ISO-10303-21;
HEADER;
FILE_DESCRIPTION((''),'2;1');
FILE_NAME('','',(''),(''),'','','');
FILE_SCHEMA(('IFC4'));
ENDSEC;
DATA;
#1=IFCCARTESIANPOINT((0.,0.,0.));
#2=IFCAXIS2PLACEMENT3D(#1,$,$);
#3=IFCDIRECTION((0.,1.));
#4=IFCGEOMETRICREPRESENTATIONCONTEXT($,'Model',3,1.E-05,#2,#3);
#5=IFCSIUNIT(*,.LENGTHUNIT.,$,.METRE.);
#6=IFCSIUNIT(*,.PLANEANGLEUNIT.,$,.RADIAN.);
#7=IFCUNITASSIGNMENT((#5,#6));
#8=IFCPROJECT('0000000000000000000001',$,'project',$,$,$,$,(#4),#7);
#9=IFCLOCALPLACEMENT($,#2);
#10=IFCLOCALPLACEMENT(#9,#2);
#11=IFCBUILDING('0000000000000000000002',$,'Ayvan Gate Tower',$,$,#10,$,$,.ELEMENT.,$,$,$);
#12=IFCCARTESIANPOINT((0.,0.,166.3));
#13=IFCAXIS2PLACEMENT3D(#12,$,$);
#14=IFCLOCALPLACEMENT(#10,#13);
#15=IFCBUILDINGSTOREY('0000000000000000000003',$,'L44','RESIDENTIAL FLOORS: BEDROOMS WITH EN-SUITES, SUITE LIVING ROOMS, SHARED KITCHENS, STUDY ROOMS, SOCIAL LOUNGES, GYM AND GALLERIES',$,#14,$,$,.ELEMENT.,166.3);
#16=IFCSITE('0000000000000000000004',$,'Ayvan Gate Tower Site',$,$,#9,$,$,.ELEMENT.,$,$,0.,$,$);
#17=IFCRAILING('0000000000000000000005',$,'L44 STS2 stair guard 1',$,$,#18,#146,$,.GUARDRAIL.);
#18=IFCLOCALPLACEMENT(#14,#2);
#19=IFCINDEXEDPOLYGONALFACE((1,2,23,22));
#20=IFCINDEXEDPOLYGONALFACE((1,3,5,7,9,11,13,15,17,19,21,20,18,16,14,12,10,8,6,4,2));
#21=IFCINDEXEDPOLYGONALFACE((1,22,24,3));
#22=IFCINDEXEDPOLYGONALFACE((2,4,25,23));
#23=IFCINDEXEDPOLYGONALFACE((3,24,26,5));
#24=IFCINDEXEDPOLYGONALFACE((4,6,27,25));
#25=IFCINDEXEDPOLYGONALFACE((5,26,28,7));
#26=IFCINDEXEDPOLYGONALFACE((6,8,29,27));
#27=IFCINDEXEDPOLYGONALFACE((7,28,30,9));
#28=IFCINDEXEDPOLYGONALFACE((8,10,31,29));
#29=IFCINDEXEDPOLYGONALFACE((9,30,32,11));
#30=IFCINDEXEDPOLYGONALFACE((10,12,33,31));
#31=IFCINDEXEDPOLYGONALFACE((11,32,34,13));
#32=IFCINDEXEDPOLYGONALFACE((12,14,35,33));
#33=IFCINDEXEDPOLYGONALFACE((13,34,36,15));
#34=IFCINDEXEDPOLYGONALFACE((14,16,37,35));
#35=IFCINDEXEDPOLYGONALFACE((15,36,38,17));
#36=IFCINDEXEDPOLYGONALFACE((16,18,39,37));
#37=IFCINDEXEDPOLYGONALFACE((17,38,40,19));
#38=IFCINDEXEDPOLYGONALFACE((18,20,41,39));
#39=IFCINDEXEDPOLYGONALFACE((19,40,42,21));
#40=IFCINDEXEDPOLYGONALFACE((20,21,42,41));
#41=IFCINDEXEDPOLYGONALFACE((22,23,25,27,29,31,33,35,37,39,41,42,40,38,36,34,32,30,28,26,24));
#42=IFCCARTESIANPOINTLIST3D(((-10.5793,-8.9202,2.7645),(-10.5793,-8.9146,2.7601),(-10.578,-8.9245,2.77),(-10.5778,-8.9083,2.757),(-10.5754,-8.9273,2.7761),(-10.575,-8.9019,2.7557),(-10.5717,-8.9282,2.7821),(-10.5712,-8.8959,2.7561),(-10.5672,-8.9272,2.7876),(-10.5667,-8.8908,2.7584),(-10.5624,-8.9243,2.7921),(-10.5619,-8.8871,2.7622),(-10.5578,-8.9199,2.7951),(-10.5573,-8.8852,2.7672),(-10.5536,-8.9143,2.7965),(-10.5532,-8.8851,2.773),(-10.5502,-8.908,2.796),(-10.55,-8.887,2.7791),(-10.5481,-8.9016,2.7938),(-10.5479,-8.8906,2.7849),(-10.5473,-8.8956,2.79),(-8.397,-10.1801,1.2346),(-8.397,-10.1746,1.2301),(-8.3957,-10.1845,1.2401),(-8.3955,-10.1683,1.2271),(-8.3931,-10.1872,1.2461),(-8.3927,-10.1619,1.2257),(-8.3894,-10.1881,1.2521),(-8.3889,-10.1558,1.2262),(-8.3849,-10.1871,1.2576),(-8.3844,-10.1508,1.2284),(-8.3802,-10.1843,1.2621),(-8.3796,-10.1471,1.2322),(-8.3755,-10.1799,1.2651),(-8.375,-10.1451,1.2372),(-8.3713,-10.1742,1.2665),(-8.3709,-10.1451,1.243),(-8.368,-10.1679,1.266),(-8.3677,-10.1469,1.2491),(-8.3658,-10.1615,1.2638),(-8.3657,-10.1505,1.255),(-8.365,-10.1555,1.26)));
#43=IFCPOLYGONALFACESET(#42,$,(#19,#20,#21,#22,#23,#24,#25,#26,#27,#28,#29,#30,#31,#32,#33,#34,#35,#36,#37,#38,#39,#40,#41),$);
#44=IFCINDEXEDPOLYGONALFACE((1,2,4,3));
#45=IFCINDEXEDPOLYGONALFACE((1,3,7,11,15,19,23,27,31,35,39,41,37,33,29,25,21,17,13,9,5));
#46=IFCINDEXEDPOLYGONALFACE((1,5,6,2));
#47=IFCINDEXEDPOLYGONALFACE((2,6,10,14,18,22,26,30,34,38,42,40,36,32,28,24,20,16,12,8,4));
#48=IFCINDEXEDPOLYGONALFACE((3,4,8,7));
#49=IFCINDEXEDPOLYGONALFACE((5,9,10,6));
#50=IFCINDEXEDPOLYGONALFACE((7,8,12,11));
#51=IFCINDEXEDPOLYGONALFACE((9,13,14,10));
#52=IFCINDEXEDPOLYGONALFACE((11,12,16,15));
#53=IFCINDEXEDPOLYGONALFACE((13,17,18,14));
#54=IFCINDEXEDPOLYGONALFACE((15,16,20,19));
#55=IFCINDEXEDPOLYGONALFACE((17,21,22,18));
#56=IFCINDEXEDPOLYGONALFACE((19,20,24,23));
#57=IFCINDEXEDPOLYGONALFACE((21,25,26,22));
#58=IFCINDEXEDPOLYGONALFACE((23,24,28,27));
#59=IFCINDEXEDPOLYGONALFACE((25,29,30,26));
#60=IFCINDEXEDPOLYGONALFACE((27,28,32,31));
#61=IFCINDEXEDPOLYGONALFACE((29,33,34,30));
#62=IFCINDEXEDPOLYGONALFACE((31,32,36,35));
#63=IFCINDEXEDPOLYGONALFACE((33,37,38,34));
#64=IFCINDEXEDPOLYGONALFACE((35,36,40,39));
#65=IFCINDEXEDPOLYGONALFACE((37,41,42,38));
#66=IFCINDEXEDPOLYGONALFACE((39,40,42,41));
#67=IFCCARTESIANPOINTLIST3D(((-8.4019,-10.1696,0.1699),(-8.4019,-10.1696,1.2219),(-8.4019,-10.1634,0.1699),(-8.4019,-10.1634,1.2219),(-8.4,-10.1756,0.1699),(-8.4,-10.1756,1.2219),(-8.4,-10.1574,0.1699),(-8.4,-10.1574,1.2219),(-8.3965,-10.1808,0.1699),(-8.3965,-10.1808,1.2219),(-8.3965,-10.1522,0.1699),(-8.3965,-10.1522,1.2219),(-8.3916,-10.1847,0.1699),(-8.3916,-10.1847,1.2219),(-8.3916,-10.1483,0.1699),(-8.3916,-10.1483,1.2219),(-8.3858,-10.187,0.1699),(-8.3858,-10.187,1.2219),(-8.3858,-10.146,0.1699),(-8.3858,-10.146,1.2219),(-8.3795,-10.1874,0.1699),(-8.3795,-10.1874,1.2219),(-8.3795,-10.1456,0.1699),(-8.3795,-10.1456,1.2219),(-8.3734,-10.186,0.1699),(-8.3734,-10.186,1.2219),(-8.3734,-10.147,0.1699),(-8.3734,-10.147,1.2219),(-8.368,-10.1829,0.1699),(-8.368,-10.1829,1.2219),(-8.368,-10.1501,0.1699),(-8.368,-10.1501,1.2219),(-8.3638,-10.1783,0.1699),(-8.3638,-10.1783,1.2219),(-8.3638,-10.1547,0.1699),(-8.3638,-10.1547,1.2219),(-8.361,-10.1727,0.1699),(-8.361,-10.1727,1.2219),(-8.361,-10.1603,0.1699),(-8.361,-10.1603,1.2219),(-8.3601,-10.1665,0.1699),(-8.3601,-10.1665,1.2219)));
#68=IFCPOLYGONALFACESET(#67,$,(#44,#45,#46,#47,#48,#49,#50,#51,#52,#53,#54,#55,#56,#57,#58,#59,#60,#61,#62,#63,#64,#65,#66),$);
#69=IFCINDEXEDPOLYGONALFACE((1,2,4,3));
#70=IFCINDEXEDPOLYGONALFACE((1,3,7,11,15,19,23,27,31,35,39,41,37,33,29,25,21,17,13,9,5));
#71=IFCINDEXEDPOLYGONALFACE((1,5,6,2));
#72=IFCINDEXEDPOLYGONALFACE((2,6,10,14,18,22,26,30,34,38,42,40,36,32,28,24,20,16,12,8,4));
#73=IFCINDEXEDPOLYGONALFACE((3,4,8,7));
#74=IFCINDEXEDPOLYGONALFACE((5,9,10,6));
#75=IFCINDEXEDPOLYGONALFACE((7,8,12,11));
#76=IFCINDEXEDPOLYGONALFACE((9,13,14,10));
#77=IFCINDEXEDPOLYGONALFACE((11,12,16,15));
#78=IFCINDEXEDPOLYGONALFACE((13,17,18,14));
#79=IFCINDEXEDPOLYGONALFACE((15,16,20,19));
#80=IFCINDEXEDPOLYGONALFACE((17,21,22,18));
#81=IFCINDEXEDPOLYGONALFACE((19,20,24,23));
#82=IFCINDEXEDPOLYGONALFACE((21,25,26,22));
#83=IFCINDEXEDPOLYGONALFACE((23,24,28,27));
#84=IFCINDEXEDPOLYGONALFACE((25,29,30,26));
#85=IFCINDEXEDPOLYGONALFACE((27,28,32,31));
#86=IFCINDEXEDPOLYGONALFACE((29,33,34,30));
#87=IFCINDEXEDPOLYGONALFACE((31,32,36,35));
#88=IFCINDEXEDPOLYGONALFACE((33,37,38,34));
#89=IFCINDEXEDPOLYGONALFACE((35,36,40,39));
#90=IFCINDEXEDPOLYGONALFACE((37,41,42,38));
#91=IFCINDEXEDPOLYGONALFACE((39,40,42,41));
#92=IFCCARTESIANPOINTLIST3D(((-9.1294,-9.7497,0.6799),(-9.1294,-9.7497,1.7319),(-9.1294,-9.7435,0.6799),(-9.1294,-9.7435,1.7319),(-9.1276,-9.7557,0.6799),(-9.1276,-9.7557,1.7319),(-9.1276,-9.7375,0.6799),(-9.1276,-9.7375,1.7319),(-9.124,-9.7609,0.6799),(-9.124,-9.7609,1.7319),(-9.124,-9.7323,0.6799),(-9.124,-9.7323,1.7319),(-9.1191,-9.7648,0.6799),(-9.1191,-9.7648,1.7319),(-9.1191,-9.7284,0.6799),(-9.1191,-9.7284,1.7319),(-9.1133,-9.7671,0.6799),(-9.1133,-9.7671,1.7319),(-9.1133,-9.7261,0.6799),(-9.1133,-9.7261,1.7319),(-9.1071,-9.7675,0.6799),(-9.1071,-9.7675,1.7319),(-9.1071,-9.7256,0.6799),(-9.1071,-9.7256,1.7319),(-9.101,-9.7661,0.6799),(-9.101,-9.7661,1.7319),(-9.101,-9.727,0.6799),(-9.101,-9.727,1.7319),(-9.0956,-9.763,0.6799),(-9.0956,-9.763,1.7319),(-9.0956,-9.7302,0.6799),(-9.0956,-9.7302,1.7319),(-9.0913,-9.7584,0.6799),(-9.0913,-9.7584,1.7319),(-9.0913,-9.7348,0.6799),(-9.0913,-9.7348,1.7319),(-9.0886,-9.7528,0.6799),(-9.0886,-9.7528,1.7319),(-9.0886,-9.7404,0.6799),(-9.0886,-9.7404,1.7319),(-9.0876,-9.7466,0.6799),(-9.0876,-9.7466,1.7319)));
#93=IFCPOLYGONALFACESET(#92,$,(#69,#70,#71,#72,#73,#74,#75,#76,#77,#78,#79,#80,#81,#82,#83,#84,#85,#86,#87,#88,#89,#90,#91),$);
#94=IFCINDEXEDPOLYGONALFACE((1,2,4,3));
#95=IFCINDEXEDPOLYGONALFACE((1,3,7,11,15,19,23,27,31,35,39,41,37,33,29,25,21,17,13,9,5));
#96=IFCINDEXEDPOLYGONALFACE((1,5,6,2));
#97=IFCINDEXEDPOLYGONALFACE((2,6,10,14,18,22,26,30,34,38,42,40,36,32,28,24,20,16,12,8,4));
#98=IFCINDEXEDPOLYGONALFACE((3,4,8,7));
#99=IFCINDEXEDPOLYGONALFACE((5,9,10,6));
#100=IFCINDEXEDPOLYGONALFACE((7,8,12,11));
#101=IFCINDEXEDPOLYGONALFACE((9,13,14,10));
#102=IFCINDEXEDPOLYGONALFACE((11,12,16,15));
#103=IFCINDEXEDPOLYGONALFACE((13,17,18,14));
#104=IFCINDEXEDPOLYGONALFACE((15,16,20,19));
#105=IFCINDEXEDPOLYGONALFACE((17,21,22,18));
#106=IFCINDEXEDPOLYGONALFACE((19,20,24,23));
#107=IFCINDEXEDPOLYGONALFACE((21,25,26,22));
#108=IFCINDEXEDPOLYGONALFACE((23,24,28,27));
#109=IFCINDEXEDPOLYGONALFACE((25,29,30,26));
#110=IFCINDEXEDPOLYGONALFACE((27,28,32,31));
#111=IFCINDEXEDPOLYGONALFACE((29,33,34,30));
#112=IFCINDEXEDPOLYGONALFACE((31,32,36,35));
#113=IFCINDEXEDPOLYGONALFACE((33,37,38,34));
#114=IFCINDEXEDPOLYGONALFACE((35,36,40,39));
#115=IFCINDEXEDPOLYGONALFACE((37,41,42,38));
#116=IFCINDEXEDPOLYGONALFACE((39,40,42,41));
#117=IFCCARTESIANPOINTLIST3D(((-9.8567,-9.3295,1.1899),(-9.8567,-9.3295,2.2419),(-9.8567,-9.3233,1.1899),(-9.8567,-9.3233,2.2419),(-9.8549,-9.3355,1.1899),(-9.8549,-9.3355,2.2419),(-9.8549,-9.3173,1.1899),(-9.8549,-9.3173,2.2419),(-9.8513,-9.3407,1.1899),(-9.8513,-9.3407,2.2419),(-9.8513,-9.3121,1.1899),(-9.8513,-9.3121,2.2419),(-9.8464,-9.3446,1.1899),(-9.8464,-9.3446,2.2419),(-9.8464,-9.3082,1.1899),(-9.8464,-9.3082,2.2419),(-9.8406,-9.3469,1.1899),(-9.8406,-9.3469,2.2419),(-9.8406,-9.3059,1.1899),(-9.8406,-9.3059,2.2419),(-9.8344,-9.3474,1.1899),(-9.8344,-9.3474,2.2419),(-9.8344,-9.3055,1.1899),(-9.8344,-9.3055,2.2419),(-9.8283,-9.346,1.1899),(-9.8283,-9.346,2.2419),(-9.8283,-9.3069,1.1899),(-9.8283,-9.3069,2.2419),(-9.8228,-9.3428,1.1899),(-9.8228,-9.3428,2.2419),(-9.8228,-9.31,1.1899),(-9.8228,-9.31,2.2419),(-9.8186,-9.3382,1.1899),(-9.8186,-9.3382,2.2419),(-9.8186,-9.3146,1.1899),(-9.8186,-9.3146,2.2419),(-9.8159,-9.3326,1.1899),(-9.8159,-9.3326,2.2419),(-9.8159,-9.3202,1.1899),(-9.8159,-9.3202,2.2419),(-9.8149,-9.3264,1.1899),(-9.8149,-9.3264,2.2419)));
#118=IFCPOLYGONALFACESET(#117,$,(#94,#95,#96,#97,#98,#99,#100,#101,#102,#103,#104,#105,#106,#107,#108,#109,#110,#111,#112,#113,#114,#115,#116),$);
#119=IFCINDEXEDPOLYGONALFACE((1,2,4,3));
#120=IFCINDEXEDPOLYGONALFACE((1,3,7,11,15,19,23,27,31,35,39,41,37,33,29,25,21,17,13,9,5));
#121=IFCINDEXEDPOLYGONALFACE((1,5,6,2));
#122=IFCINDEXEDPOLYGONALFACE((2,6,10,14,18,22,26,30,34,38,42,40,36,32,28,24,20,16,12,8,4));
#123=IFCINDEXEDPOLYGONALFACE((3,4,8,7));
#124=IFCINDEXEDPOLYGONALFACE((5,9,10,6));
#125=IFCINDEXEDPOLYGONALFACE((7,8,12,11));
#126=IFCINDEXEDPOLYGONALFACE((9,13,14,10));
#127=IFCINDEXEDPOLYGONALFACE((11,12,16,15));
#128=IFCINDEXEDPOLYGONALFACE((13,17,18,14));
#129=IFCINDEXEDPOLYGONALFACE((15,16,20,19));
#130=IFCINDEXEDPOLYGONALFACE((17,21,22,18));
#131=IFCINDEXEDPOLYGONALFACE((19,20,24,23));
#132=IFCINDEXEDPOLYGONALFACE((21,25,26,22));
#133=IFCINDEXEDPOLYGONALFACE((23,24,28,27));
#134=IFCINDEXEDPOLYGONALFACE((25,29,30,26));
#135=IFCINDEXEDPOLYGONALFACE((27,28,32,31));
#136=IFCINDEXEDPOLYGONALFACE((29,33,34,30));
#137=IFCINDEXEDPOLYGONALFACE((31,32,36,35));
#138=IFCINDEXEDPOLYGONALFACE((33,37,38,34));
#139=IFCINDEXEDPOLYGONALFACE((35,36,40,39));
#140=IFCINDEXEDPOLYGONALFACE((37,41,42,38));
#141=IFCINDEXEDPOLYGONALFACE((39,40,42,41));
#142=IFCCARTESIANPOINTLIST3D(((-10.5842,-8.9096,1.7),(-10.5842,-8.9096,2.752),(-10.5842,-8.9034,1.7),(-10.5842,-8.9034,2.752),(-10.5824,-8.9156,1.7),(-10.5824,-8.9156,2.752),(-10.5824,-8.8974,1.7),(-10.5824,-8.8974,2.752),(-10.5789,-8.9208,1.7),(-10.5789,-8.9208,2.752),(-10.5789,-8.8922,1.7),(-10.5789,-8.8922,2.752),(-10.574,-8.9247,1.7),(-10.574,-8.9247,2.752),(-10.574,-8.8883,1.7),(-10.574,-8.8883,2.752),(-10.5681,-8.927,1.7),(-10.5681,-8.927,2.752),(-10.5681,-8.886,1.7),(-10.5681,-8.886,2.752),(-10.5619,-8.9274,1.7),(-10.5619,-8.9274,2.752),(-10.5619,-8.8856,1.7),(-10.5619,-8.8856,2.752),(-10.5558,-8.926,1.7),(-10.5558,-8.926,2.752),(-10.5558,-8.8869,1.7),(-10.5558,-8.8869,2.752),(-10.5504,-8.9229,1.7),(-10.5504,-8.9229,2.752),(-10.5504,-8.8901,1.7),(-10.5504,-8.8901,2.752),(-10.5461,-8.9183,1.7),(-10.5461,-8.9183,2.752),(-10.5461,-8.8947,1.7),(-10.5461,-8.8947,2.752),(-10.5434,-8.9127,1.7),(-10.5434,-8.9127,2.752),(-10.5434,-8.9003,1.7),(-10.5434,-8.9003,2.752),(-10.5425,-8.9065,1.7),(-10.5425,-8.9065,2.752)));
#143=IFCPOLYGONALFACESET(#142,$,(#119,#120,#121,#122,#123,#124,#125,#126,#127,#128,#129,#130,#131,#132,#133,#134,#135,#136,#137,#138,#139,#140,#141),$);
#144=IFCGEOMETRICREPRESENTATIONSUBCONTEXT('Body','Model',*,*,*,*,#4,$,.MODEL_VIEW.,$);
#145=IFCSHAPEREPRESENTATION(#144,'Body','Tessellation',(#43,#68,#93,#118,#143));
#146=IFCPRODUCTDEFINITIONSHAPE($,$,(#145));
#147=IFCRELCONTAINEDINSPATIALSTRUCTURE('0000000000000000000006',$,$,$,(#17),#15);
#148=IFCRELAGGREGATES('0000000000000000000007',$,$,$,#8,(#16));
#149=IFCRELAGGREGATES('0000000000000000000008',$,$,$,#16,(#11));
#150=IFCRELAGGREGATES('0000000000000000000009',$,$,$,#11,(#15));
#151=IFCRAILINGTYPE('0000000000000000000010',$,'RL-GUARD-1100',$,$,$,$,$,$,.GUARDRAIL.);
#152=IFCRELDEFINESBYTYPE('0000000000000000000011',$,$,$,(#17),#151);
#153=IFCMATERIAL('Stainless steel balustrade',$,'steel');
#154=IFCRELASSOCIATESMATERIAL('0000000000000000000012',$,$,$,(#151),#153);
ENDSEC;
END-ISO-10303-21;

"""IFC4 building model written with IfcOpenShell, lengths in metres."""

from ifc_helpers import new_model, si_unit, direction, frame, origin, origin_2d, place, context, subcontext, project, spatial, circle, extrude, material, type_object, element, save


model = new_model("IFC4")

# Units and contexts
model_context = context("Model", 3, precision=1e-05, world=origin(), true_north=direction((0.0, 1.0)))
body_context = subcontext(model_context, "Body", "Model", "MODEL_VIEW")
ifc_project = project(units=[si_unit("LENGTHUNIT", "METRE"), si_unit("PLANEANGLEUNIT", "RADIAN")], contexts=[model_context])

# Site, building, storey
site_placement = place(None, origin())
site = spatial("IfcSite", under=ifc_project, at=site_placement, Name="Ayvan Gate Tower Site", CompositionType="ELEMENT", RefElevation=0.0)
building_placement = place(site_placement, origin())
building = spatial("IfcBuilding", under=site, at=building_placement, Name="Ayvan Gate Tower", CompositionType="ELEMENT")
storey_placement = place(building_placement, frame((0.0, 0.0, 166.3)))
storey = spatial("IfcBuildingStorey", under=building, at=storey_placement, Name="L44", Description="RESIDENTIAL FLOORS: BEDROOMS WITH EN-SUITES, SUITE LIVING ROOMS, SHARED KITCHENS, STUDY ROOMS, SOCIAL LOUNGES, GYM AND GALLERIES", CompositionType="ELEMENT", Elevation=166.3)

# Railing
ifc_material_1 = material(Name="Stainless steel balustrade", Category="steel")
railing_type_1 = type_object("IfcRailingType", Name="RL-GUARD-1100", PredefinedType="GUARDRAIL", material=ifc_material_1)
railing_1_placement = place(storey_placement, frame((-8.3811, -10.1665, 0.1699)))
element("IfcRailing", 1, at=railing_1_placement, inside=storey, type_object=railing_type_1, Name="L44 STS2 stair guard 1", PredefinedType="GUARDRAIL", context=body_context, shape_type="SweptSolid", body=[
    extrude(circle(Radius=0.0239, at=origin_2d()), frame((0.0, 0.0, 1.0762), z_axis=(-0.740261, 0.427395, 0.518986), x_axis=(-0.500005, -0.866023, 0.0)), (0.0, 0.0, 1.0), 2.948),
    extrude(circle(Radius=0.021, at=origin_2d()), origin(), (0.0, 0.0, 1.0), 1.052),
    extrude(circle(Radius=0.021, at=origin_2d()), frame((-0.7275, 0.4199, 0.51)), (0.0, 0.0, 1.0), 1.052),
    extrude(circle(Radius=0.021, at=origin_2d()), frame((-1.4548, 0.8401, 1.02)), (0.0, 0.0, 1.0), 1.052),
    extrude(circle(Radius=0.021, at=origin_2d()), frame((-2.1824, 1.26, 1.53)), (0.0, 0.0, 1.0), 1.052),
])

save(model, "model.ifc")
